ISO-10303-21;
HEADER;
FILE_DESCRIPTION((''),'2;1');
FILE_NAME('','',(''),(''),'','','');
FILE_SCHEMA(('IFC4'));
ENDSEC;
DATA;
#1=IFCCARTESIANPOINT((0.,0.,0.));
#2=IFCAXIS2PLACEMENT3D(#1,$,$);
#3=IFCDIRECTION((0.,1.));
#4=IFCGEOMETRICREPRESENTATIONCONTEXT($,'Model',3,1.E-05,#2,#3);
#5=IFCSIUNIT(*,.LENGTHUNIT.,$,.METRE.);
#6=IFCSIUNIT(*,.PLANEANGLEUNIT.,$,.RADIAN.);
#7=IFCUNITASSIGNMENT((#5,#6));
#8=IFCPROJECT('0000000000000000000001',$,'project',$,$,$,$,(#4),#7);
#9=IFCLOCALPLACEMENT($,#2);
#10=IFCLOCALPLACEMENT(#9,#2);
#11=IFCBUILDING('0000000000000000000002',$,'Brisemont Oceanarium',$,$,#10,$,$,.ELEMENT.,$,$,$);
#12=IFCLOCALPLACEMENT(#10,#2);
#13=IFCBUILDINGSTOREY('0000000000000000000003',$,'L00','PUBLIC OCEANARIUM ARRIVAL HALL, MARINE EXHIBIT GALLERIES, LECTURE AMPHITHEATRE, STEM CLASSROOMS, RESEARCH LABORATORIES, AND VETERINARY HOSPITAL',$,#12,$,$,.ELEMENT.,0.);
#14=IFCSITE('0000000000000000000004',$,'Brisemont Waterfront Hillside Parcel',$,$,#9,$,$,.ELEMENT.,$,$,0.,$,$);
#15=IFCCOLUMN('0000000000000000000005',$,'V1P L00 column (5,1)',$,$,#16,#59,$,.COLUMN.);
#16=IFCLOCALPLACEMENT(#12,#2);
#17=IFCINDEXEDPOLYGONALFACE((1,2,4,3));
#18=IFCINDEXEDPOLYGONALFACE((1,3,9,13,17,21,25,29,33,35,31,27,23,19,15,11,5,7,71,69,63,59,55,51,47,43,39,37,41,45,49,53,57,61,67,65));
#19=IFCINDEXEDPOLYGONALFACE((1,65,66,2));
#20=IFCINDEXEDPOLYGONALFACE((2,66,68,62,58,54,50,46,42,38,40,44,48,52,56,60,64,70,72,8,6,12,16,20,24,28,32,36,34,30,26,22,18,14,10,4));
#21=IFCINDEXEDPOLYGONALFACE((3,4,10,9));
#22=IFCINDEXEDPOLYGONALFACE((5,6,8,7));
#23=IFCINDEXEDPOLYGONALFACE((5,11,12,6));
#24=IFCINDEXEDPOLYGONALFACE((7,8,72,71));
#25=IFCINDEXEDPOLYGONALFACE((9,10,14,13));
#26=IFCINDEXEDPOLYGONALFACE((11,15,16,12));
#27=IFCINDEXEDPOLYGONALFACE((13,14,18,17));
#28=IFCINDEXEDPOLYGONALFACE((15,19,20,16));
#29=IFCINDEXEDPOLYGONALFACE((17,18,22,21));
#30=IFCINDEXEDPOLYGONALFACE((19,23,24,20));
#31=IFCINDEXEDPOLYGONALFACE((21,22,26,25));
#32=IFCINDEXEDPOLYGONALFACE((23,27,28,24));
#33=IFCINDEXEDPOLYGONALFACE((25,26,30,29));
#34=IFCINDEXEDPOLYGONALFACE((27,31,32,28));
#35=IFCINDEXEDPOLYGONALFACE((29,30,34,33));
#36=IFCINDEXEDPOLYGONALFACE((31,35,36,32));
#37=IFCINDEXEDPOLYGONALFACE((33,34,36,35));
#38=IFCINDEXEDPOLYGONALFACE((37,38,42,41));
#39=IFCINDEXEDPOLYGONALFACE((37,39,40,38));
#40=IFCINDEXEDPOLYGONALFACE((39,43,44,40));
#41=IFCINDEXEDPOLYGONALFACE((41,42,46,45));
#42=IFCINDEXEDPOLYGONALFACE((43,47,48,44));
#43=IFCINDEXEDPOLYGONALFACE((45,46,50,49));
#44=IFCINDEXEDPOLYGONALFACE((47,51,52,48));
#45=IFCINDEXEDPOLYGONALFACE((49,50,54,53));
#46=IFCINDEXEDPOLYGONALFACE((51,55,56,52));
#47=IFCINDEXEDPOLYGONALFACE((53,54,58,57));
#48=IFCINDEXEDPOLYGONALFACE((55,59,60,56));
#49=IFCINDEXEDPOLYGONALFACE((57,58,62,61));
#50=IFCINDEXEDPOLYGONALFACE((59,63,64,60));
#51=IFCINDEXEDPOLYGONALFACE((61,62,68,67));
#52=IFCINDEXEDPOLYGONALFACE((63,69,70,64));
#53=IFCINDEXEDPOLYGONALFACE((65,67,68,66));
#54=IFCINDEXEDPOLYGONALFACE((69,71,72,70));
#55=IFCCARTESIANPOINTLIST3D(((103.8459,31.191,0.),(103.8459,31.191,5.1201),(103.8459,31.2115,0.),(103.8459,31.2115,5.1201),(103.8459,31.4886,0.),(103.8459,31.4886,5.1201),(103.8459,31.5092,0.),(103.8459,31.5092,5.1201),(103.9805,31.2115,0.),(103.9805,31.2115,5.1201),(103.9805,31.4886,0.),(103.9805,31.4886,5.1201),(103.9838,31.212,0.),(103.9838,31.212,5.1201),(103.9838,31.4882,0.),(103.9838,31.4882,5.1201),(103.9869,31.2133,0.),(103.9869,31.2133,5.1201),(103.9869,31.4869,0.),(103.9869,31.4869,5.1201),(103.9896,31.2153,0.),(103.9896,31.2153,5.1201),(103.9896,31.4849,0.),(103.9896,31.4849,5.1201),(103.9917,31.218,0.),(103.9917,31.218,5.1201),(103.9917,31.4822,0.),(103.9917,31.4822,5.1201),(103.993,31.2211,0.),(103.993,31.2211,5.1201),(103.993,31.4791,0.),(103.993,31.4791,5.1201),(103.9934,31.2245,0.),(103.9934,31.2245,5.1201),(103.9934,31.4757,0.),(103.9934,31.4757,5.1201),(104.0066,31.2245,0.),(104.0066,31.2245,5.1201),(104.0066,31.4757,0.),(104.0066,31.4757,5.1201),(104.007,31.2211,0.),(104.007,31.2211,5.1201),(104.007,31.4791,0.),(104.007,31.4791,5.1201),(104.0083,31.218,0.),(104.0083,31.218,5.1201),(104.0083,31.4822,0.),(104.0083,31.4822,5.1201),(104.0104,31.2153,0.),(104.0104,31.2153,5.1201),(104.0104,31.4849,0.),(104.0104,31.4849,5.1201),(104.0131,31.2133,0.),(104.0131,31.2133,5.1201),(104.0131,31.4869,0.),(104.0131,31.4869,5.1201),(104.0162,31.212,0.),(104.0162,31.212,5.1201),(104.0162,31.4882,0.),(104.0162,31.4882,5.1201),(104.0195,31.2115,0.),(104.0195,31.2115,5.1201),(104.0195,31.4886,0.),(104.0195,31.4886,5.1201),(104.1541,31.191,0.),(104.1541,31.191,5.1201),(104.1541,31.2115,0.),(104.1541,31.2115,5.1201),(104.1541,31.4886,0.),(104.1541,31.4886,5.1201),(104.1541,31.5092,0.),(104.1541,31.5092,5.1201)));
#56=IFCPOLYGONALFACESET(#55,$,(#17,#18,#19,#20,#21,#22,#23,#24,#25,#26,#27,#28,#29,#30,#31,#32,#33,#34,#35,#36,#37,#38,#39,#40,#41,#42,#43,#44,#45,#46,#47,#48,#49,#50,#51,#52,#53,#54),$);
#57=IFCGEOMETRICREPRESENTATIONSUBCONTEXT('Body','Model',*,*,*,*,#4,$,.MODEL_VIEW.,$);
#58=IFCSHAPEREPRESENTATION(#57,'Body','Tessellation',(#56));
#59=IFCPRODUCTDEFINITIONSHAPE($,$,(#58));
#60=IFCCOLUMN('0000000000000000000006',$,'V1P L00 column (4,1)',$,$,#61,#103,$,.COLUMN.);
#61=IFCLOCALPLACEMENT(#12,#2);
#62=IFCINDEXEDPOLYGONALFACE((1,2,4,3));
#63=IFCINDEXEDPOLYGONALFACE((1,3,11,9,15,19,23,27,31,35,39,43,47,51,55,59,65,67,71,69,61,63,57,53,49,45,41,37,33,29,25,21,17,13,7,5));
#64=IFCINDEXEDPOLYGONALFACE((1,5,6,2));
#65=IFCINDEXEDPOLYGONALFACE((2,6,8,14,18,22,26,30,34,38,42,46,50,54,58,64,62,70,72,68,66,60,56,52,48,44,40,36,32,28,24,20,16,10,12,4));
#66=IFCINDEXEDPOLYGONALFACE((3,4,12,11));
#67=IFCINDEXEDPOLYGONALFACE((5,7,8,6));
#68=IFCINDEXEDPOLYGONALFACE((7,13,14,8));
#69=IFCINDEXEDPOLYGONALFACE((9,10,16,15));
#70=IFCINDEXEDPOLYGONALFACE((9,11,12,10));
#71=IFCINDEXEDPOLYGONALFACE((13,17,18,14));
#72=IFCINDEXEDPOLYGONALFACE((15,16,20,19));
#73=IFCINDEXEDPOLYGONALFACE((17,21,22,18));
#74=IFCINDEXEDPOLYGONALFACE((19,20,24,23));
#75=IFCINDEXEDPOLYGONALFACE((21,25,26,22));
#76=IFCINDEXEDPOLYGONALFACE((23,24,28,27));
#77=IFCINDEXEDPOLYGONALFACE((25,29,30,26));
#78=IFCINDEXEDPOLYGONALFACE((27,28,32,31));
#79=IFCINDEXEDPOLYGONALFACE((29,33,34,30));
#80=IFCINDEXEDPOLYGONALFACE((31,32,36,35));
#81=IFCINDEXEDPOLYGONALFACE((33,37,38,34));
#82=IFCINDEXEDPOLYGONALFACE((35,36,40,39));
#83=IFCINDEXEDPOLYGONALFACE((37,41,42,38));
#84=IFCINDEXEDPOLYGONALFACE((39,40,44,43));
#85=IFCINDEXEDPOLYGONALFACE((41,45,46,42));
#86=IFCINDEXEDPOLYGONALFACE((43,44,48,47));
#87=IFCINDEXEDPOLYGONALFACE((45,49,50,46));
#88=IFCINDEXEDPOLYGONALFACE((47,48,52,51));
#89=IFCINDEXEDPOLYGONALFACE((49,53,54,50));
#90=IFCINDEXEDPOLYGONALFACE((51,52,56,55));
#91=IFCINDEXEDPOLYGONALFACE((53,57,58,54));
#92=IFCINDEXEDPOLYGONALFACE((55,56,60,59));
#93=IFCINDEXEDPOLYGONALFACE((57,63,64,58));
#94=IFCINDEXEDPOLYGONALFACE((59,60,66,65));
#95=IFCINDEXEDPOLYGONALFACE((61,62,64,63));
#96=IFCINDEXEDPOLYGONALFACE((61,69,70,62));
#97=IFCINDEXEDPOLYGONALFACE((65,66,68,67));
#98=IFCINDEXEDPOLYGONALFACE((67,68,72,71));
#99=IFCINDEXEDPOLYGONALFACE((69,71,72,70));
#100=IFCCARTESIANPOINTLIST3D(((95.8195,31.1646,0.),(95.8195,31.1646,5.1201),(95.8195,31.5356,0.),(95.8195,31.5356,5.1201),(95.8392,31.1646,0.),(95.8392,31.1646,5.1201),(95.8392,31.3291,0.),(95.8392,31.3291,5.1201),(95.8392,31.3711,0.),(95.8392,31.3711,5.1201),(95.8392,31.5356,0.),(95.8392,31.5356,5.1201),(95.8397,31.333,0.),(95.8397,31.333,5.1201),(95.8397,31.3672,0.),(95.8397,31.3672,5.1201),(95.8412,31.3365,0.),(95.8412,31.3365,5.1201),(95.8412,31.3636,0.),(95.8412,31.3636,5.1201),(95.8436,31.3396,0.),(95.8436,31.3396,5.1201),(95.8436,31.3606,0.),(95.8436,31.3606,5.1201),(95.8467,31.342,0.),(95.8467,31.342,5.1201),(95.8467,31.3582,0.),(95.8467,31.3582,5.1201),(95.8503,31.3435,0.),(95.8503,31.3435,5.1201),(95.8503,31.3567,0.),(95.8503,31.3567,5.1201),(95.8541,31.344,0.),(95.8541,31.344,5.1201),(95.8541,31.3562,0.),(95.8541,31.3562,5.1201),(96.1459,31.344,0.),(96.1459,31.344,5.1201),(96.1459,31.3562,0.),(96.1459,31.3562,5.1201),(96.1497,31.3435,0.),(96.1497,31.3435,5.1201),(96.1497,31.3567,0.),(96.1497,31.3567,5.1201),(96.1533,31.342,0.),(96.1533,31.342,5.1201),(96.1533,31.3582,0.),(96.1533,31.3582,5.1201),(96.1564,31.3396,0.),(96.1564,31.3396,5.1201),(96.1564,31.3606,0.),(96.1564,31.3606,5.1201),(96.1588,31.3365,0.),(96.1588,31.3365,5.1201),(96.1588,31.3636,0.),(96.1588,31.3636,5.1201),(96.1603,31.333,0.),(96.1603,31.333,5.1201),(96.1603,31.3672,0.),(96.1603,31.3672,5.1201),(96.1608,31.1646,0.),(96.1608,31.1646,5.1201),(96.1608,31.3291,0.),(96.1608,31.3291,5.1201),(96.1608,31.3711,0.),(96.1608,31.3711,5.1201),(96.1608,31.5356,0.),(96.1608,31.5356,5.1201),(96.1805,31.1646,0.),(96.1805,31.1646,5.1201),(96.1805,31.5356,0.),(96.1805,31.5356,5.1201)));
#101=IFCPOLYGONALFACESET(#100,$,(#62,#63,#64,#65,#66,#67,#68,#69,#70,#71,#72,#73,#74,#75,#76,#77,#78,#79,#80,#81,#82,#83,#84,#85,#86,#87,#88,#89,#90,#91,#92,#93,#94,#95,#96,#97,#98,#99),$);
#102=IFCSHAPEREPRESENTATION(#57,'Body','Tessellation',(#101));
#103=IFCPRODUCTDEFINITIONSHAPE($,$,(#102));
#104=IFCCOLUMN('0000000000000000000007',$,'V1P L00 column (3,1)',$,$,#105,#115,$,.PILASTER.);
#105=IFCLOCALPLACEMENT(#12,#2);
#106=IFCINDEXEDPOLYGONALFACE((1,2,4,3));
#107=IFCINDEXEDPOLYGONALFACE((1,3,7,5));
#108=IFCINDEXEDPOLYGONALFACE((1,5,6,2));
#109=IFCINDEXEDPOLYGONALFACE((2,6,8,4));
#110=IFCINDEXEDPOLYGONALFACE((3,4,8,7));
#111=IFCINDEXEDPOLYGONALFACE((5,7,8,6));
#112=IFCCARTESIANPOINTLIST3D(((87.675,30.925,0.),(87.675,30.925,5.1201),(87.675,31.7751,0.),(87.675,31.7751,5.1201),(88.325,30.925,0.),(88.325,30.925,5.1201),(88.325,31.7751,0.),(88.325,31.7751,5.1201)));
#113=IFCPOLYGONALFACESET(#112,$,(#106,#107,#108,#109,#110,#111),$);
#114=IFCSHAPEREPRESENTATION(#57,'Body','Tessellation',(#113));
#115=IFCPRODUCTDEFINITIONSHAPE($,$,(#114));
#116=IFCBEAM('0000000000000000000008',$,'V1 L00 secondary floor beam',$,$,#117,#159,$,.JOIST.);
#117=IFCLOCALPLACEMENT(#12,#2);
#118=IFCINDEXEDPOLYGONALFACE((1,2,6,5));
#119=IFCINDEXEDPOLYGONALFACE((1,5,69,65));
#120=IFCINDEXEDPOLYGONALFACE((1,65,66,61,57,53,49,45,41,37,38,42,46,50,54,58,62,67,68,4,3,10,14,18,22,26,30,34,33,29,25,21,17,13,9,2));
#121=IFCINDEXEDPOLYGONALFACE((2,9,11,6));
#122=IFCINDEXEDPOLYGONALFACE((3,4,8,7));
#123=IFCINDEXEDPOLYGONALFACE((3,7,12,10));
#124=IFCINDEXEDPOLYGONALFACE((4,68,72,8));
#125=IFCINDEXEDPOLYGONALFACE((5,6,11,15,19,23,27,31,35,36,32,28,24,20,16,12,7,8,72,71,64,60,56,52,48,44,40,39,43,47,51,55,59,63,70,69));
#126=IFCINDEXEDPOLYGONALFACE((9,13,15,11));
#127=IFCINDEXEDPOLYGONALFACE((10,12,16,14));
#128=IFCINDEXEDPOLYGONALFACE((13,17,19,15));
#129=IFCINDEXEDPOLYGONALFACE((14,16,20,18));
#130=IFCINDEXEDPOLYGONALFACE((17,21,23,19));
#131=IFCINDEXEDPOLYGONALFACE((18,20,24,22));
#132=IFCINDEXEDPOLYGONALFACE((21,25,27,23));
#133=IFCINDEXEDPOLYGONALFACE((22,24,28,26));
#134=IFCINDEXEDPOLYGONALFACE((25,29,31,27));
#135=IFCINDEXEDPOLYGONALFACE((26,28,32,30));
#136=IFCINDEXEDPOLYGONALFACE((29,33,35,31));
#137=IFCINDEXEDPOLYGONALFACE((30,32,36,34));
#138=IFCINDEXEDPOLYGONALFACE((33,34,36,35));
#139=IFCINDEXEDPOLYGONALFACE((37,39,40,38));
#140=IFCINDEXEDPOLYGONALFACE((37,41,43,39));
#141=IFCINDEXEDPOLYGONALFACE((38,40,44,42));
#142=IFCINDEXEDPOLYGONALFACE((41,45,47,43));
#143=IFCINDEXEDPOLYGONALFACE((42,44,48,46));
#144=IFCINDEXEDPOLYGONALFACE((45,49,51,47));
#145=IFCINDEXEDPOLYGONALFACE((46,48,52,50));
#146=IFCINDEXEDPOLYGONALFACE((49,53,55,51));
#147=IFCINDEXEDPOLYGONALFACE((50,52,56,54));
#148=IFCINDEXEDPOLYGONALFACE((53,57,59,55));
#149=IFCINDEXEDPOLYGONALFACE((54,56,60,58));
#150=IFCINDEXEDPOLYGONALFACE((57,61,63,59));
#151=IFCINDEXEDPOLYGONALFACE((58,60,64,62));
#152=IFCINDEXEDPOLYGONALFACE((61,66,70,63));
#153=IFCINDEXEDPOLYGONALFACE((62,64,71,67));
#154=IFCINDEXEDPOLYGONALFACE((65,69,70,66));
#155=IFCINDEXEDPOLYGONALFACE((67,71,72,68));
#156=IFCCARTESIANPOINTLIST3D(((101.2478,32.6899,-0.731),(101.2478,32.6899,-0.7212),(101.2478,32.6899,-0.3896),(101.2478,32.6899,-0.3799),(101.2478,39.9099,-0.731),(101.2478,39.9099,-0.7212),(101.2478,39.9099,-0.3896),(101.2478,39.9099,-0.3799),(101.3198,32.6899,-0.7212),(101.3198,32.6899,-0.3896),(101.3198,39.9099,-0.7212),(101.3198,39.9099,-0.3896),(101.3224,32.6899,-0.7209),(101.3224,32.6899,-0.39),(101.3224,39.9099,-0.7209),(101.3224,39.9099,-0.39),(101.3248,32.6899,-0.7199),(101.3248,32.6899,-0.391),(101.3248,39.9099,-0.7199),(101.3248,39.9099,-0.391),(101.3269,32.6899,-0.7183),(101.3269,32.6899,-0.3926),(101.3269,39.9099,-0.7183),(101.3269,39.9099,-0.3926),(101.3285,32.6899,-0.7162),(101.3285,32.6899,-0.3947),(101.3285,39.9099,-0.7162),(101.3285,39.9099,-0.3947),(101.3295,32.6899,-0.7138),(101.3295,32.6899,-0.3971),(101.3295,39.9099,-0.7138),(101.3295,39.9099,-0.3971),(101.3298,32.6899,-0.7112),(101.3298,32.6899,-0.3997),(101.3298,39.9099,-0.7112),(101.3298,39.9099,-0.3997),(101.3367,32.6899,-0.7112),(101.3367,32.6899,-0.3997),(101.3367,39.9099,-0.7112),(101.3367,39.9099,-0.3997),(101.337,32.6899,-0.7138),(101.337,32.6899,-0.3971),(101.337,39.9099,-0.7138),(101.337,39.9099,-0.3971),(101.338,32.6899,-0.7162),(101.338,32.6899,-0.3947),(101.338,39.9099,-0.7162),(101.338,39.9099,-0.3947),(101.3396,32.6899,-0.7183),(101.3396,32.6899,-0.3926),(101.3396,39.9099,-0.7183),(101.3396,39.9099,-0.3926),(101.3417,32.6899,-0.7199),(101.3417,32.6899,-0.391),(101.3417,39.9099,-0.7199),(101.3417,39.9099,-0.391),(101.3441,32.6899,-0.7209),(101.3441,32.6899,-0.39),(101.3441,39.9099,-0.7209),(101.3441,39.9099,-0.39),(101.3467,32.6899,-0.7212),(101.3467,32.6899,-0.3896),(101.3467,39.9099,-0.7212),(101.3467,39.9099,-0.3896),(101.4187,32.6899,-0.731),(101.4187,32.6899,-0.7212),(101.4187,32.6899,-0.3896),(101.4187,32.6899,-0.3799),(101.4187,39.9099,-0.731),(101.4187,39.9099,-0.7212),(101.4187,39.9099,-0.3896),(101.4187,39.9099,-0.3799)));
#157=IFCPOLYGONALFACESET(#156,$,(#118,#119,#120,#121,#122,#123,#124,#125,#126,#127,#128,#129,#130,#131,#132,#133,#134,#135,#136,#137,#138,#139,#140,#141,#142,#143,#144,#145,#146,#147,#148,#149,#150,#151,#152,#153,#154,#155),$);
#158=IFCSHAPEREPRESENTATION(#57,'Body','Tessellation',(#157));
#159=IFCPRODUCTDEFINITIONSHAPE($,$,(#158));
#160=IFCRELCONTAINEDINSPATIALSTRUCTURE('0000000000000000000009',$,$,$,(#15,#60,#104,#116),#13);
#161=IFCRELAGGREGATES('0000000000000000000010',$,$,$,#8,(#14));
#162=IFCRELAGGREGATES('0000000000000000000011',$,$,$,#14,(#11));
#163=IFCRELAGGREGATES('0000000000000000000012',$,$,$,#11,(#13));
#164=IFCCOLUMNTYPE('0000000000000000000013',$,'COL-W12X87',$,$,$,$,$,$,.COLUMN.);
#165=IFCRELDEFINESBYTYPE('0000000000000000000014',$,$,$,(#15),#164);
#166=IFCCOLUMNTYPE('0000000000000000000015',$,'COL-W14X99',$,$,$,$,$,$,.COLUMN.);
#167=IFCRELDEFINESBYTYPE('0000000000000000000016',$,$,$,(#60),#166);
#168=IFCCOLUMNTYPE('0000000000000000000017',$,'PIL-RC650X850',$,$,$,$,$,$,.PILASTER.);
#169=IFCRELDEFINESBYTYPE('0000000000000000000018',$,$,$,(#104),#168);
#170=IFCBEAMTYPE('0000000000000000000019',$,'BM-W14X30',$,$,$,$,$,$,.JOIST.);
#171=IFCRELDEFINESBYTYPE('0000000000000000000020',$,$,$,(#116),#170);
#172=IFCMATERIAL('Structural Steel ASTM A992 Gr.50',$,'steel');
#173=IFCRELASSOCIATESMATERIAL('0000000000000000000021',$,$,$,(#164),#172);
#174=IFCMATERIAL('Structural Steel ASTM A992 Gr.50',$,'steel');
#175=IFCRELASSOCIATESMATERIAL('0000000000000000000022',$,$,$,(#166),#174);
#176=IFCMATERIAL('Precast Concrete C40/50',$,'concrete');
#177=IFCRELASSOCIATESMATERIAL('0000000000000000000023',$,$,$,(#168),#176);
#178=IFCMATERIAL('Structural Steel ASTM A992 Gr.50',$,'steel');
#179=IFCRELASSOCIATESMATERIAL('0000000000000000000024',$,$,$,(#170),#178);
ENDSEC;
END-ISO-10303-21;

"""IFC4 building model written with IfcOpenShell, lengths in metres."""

from ifc_helpers import new_model, si_unit, direction, frame, origin, origin_2d, place, context, subcontext, project, spatial, rectangle, i_section, extrude, material, material_profile, profile_set, type_object, element, save


model = new_model("IFC4")

# Units and contexts
model_context = context("Model", 3, precision=1e-05, world=origin(), true_north=direction((0.0, 1.0)))
body_context = subcontext(model_context, "Body", "Model", "MODEL_VIEW")
ifc_project = project(units=[si_unit("LENGTHUNIT", "METRE"), si_unit("PLANEANGLEUNIT", "RADIAN")], contexts=[model_context])

# Site, building, storey
site_placement = place(None, origin())
site = spatial("IfcSite", under=ifc_project, at=site_placement, Name="Brisemont Waterfront Hillside Parcel", CompositionType="ELEMENT", RefElevation=0.0)
building_placement = place(site_placement, origin())
building = spatial("IfcBuilding", under=site, at=building_placement, Name="Brisemont Oceanarium", CompositionType="ELEMENT")
storey_placement = place(building_placement, origin())
storey = spatial("IfcBuildingStorey", under=building, at=storey_placement, Name="L00", Description="PUBLIC OCEANARIUM ARRIVAL HALL, MARINE EXHIBIT GALLERIES, LECTURE AMPHITHEATRE, STEM CLASSROOMS, RESEARCH LABORATORIES, AND VETERINARY HOSPITAL", CompositionType="ELEMENT", Elevation=0.0)

# Columns
ifc_material_1 = material(Name="Structural Steel ASTM A992 Gr.50", Category="steel")
ifc_material_profile_1 = material_profile(ifc_material_1, i_section(OverallWidth=0.3081, OverallDepth=0.3181, WebThickness=0.0132, FlangeThickness=0.0205, FilletRadius=0.0129, at=origin_2d()), Name="W12X87")
ifc_profile_set_1 = profile_set([ifc_material_profile_1], Name="Structural Steel ASTM A992 Gr.50")
column_type_1 = type_object("IfcColumnType", Name="COL-W12X87", PredefinedType="COLUMN", material=ifc_profile_set_1)
column_1_placement = place(storey_placement, frame((104.0, 31.3501, 0.0), z_axis=(0.0, 0.0, 1.0), x_axis=(1.0, 0.0, 0.0)))
element("IfcColumn", 1, at=column_1_placement, inside=storey, type_object=column_type_1, Name="V1P L00 column (5,1)", PredefinedType="COLUMN", context=body_context, shape_type="SweptSolid", body=[
    extrude(i_section(OverallWidth=0.3081, OverallDepth=0.3181, WebThickness=0.0132, FlangeThickness=0.0205, FilletRadius=0.0129, at=origin_2d()), origin(), (0.0, 0.0, 1.0), 5.1201),
])
ifc_material_2 = material(Name="Structural Steel ASTM A992 Gr.50", Category="steel")
ifc_material_profile_2 = material_profile(ifc_material_2, i_section(OverallWidth=0.3711, OverallDepth=0.3611, WebThickness=0.0122, FlangeThickness=0.0198, FilletRadius=0.0149, at=origin_2d()), Name="W14X99")
ifc_profile_set_2 = profile_set([ifc_material_profile_2], Name="Structural Steel ASTM A992 Gr.50")
column_type_2 = type_object("IfcColumnType", Name="COL-W14X99", PredefinedType="COLUMN", material=ifc_profile_set_2)
column_2_placement = place(storey_placement, frame((96.0, 31.3501, 0.0), z_axis=(0.0, 0.0, 1.0), x_axis=(0.0, 1.0, 0.0)))
element("IfcColumn", 2, at=column_2_placement, inside=storey, type_object=column_type_2, Name="V1P L00 column (4,1)", PredefinedType="COLUMN", context=body_context, shape_type="SweptSolid", body=[
    extrude(i_section(OverallWidth=0.3711, OverallDepth=0.3611, WebThickness=0.0122, FlangeThickness=0.0198, FilletRadius=0.0149, at=origin_2d()), origin(), (0.0, 0.0, 1.0), 5.1201),
])
ifc_material_3 = material(Name="Precast Concrete C40/50", Category="concrete")
ifc_material_profile_3 = material_profile(ifc_material_3, rectangle(XDim=0.6499, YDim=0.8501, at=origin_2d()), Name="RC-PIL-650X850")
ifc_profile_set_3 = profile_set([ifc_material_profile_3], Name="Precast Concrete C40/50")
column_type_3 = type_object("IfcColumnType", Name="PIL-RC650X850", PredefinedType="PILASTER", material=ifc_profile_set_3)
column_3_placement = place(storey_placement, frame((88.0, 31.3501, 0.0), z_axis=(0.0, 0.0, 1.0), x_axis=(1.0, 0.0, 0.0)))
element("IfcColumn", 3, at=column_3_placement, inside=storey, type_object=column_type_3, Name="V1P L00 column (3,1)", PredefinedType="PILASTER", context=body_context, shape_type="SweptSolid", body=[
    extrude(rectangle(XDim=0.6499, YDim=0.8501, at=origin_2d()), origin(), (0.0, 0.0, 1.0), 5.1201),
])

# Beam
ifc_material_4 = material(Name="Structural Steel ASTM A992 Gr.50", Category="steel")
ifc_material_profile_4 = material_profile(ifc_material_4, i_section(OverallWidth=0.1709, OverallDepth=0.3511, WebThickness=0.0068, FlangeThickness=0.0098, FilletRadius=0.01, at=origin_2d()), Name="W14X30")
ifc_profile_set_4 = profile_set([ifc_material_profile_4], Name="Structural Steel ASTM A992 Gr.50")
beam_type_1 = type_object("IfcBeamType", Name="BM-W14X30", PredefinedType="JOIST", material=ifc_profile_set_4)
beam_1_placement = place(storey_placement, frame((101.3333, 32.6899, -0.5554), z_axis=(0.0, 1.0, 0.0), x_axis=(-1.0, 0.0, 0.0)))
element("IfcBeam", 4, at=beam_1_placement, inside=storey, type_object=beam_type_1, Name="V1 L00 secondary floor beam", PredefinedType="JOIST", context=body_context, shape_type="SweptSolid", body=[
    extrude(i_section(OverallWidth=0.1709, OverallDepth=0.3511, WebThickness=0.0068, FlangeThickness=0.0098, FilletRadius=0.01, at=origin_2d()), origin(), (0.0, 0.0, 1.0), 7.22),
])

save(model, "model.ifc")
